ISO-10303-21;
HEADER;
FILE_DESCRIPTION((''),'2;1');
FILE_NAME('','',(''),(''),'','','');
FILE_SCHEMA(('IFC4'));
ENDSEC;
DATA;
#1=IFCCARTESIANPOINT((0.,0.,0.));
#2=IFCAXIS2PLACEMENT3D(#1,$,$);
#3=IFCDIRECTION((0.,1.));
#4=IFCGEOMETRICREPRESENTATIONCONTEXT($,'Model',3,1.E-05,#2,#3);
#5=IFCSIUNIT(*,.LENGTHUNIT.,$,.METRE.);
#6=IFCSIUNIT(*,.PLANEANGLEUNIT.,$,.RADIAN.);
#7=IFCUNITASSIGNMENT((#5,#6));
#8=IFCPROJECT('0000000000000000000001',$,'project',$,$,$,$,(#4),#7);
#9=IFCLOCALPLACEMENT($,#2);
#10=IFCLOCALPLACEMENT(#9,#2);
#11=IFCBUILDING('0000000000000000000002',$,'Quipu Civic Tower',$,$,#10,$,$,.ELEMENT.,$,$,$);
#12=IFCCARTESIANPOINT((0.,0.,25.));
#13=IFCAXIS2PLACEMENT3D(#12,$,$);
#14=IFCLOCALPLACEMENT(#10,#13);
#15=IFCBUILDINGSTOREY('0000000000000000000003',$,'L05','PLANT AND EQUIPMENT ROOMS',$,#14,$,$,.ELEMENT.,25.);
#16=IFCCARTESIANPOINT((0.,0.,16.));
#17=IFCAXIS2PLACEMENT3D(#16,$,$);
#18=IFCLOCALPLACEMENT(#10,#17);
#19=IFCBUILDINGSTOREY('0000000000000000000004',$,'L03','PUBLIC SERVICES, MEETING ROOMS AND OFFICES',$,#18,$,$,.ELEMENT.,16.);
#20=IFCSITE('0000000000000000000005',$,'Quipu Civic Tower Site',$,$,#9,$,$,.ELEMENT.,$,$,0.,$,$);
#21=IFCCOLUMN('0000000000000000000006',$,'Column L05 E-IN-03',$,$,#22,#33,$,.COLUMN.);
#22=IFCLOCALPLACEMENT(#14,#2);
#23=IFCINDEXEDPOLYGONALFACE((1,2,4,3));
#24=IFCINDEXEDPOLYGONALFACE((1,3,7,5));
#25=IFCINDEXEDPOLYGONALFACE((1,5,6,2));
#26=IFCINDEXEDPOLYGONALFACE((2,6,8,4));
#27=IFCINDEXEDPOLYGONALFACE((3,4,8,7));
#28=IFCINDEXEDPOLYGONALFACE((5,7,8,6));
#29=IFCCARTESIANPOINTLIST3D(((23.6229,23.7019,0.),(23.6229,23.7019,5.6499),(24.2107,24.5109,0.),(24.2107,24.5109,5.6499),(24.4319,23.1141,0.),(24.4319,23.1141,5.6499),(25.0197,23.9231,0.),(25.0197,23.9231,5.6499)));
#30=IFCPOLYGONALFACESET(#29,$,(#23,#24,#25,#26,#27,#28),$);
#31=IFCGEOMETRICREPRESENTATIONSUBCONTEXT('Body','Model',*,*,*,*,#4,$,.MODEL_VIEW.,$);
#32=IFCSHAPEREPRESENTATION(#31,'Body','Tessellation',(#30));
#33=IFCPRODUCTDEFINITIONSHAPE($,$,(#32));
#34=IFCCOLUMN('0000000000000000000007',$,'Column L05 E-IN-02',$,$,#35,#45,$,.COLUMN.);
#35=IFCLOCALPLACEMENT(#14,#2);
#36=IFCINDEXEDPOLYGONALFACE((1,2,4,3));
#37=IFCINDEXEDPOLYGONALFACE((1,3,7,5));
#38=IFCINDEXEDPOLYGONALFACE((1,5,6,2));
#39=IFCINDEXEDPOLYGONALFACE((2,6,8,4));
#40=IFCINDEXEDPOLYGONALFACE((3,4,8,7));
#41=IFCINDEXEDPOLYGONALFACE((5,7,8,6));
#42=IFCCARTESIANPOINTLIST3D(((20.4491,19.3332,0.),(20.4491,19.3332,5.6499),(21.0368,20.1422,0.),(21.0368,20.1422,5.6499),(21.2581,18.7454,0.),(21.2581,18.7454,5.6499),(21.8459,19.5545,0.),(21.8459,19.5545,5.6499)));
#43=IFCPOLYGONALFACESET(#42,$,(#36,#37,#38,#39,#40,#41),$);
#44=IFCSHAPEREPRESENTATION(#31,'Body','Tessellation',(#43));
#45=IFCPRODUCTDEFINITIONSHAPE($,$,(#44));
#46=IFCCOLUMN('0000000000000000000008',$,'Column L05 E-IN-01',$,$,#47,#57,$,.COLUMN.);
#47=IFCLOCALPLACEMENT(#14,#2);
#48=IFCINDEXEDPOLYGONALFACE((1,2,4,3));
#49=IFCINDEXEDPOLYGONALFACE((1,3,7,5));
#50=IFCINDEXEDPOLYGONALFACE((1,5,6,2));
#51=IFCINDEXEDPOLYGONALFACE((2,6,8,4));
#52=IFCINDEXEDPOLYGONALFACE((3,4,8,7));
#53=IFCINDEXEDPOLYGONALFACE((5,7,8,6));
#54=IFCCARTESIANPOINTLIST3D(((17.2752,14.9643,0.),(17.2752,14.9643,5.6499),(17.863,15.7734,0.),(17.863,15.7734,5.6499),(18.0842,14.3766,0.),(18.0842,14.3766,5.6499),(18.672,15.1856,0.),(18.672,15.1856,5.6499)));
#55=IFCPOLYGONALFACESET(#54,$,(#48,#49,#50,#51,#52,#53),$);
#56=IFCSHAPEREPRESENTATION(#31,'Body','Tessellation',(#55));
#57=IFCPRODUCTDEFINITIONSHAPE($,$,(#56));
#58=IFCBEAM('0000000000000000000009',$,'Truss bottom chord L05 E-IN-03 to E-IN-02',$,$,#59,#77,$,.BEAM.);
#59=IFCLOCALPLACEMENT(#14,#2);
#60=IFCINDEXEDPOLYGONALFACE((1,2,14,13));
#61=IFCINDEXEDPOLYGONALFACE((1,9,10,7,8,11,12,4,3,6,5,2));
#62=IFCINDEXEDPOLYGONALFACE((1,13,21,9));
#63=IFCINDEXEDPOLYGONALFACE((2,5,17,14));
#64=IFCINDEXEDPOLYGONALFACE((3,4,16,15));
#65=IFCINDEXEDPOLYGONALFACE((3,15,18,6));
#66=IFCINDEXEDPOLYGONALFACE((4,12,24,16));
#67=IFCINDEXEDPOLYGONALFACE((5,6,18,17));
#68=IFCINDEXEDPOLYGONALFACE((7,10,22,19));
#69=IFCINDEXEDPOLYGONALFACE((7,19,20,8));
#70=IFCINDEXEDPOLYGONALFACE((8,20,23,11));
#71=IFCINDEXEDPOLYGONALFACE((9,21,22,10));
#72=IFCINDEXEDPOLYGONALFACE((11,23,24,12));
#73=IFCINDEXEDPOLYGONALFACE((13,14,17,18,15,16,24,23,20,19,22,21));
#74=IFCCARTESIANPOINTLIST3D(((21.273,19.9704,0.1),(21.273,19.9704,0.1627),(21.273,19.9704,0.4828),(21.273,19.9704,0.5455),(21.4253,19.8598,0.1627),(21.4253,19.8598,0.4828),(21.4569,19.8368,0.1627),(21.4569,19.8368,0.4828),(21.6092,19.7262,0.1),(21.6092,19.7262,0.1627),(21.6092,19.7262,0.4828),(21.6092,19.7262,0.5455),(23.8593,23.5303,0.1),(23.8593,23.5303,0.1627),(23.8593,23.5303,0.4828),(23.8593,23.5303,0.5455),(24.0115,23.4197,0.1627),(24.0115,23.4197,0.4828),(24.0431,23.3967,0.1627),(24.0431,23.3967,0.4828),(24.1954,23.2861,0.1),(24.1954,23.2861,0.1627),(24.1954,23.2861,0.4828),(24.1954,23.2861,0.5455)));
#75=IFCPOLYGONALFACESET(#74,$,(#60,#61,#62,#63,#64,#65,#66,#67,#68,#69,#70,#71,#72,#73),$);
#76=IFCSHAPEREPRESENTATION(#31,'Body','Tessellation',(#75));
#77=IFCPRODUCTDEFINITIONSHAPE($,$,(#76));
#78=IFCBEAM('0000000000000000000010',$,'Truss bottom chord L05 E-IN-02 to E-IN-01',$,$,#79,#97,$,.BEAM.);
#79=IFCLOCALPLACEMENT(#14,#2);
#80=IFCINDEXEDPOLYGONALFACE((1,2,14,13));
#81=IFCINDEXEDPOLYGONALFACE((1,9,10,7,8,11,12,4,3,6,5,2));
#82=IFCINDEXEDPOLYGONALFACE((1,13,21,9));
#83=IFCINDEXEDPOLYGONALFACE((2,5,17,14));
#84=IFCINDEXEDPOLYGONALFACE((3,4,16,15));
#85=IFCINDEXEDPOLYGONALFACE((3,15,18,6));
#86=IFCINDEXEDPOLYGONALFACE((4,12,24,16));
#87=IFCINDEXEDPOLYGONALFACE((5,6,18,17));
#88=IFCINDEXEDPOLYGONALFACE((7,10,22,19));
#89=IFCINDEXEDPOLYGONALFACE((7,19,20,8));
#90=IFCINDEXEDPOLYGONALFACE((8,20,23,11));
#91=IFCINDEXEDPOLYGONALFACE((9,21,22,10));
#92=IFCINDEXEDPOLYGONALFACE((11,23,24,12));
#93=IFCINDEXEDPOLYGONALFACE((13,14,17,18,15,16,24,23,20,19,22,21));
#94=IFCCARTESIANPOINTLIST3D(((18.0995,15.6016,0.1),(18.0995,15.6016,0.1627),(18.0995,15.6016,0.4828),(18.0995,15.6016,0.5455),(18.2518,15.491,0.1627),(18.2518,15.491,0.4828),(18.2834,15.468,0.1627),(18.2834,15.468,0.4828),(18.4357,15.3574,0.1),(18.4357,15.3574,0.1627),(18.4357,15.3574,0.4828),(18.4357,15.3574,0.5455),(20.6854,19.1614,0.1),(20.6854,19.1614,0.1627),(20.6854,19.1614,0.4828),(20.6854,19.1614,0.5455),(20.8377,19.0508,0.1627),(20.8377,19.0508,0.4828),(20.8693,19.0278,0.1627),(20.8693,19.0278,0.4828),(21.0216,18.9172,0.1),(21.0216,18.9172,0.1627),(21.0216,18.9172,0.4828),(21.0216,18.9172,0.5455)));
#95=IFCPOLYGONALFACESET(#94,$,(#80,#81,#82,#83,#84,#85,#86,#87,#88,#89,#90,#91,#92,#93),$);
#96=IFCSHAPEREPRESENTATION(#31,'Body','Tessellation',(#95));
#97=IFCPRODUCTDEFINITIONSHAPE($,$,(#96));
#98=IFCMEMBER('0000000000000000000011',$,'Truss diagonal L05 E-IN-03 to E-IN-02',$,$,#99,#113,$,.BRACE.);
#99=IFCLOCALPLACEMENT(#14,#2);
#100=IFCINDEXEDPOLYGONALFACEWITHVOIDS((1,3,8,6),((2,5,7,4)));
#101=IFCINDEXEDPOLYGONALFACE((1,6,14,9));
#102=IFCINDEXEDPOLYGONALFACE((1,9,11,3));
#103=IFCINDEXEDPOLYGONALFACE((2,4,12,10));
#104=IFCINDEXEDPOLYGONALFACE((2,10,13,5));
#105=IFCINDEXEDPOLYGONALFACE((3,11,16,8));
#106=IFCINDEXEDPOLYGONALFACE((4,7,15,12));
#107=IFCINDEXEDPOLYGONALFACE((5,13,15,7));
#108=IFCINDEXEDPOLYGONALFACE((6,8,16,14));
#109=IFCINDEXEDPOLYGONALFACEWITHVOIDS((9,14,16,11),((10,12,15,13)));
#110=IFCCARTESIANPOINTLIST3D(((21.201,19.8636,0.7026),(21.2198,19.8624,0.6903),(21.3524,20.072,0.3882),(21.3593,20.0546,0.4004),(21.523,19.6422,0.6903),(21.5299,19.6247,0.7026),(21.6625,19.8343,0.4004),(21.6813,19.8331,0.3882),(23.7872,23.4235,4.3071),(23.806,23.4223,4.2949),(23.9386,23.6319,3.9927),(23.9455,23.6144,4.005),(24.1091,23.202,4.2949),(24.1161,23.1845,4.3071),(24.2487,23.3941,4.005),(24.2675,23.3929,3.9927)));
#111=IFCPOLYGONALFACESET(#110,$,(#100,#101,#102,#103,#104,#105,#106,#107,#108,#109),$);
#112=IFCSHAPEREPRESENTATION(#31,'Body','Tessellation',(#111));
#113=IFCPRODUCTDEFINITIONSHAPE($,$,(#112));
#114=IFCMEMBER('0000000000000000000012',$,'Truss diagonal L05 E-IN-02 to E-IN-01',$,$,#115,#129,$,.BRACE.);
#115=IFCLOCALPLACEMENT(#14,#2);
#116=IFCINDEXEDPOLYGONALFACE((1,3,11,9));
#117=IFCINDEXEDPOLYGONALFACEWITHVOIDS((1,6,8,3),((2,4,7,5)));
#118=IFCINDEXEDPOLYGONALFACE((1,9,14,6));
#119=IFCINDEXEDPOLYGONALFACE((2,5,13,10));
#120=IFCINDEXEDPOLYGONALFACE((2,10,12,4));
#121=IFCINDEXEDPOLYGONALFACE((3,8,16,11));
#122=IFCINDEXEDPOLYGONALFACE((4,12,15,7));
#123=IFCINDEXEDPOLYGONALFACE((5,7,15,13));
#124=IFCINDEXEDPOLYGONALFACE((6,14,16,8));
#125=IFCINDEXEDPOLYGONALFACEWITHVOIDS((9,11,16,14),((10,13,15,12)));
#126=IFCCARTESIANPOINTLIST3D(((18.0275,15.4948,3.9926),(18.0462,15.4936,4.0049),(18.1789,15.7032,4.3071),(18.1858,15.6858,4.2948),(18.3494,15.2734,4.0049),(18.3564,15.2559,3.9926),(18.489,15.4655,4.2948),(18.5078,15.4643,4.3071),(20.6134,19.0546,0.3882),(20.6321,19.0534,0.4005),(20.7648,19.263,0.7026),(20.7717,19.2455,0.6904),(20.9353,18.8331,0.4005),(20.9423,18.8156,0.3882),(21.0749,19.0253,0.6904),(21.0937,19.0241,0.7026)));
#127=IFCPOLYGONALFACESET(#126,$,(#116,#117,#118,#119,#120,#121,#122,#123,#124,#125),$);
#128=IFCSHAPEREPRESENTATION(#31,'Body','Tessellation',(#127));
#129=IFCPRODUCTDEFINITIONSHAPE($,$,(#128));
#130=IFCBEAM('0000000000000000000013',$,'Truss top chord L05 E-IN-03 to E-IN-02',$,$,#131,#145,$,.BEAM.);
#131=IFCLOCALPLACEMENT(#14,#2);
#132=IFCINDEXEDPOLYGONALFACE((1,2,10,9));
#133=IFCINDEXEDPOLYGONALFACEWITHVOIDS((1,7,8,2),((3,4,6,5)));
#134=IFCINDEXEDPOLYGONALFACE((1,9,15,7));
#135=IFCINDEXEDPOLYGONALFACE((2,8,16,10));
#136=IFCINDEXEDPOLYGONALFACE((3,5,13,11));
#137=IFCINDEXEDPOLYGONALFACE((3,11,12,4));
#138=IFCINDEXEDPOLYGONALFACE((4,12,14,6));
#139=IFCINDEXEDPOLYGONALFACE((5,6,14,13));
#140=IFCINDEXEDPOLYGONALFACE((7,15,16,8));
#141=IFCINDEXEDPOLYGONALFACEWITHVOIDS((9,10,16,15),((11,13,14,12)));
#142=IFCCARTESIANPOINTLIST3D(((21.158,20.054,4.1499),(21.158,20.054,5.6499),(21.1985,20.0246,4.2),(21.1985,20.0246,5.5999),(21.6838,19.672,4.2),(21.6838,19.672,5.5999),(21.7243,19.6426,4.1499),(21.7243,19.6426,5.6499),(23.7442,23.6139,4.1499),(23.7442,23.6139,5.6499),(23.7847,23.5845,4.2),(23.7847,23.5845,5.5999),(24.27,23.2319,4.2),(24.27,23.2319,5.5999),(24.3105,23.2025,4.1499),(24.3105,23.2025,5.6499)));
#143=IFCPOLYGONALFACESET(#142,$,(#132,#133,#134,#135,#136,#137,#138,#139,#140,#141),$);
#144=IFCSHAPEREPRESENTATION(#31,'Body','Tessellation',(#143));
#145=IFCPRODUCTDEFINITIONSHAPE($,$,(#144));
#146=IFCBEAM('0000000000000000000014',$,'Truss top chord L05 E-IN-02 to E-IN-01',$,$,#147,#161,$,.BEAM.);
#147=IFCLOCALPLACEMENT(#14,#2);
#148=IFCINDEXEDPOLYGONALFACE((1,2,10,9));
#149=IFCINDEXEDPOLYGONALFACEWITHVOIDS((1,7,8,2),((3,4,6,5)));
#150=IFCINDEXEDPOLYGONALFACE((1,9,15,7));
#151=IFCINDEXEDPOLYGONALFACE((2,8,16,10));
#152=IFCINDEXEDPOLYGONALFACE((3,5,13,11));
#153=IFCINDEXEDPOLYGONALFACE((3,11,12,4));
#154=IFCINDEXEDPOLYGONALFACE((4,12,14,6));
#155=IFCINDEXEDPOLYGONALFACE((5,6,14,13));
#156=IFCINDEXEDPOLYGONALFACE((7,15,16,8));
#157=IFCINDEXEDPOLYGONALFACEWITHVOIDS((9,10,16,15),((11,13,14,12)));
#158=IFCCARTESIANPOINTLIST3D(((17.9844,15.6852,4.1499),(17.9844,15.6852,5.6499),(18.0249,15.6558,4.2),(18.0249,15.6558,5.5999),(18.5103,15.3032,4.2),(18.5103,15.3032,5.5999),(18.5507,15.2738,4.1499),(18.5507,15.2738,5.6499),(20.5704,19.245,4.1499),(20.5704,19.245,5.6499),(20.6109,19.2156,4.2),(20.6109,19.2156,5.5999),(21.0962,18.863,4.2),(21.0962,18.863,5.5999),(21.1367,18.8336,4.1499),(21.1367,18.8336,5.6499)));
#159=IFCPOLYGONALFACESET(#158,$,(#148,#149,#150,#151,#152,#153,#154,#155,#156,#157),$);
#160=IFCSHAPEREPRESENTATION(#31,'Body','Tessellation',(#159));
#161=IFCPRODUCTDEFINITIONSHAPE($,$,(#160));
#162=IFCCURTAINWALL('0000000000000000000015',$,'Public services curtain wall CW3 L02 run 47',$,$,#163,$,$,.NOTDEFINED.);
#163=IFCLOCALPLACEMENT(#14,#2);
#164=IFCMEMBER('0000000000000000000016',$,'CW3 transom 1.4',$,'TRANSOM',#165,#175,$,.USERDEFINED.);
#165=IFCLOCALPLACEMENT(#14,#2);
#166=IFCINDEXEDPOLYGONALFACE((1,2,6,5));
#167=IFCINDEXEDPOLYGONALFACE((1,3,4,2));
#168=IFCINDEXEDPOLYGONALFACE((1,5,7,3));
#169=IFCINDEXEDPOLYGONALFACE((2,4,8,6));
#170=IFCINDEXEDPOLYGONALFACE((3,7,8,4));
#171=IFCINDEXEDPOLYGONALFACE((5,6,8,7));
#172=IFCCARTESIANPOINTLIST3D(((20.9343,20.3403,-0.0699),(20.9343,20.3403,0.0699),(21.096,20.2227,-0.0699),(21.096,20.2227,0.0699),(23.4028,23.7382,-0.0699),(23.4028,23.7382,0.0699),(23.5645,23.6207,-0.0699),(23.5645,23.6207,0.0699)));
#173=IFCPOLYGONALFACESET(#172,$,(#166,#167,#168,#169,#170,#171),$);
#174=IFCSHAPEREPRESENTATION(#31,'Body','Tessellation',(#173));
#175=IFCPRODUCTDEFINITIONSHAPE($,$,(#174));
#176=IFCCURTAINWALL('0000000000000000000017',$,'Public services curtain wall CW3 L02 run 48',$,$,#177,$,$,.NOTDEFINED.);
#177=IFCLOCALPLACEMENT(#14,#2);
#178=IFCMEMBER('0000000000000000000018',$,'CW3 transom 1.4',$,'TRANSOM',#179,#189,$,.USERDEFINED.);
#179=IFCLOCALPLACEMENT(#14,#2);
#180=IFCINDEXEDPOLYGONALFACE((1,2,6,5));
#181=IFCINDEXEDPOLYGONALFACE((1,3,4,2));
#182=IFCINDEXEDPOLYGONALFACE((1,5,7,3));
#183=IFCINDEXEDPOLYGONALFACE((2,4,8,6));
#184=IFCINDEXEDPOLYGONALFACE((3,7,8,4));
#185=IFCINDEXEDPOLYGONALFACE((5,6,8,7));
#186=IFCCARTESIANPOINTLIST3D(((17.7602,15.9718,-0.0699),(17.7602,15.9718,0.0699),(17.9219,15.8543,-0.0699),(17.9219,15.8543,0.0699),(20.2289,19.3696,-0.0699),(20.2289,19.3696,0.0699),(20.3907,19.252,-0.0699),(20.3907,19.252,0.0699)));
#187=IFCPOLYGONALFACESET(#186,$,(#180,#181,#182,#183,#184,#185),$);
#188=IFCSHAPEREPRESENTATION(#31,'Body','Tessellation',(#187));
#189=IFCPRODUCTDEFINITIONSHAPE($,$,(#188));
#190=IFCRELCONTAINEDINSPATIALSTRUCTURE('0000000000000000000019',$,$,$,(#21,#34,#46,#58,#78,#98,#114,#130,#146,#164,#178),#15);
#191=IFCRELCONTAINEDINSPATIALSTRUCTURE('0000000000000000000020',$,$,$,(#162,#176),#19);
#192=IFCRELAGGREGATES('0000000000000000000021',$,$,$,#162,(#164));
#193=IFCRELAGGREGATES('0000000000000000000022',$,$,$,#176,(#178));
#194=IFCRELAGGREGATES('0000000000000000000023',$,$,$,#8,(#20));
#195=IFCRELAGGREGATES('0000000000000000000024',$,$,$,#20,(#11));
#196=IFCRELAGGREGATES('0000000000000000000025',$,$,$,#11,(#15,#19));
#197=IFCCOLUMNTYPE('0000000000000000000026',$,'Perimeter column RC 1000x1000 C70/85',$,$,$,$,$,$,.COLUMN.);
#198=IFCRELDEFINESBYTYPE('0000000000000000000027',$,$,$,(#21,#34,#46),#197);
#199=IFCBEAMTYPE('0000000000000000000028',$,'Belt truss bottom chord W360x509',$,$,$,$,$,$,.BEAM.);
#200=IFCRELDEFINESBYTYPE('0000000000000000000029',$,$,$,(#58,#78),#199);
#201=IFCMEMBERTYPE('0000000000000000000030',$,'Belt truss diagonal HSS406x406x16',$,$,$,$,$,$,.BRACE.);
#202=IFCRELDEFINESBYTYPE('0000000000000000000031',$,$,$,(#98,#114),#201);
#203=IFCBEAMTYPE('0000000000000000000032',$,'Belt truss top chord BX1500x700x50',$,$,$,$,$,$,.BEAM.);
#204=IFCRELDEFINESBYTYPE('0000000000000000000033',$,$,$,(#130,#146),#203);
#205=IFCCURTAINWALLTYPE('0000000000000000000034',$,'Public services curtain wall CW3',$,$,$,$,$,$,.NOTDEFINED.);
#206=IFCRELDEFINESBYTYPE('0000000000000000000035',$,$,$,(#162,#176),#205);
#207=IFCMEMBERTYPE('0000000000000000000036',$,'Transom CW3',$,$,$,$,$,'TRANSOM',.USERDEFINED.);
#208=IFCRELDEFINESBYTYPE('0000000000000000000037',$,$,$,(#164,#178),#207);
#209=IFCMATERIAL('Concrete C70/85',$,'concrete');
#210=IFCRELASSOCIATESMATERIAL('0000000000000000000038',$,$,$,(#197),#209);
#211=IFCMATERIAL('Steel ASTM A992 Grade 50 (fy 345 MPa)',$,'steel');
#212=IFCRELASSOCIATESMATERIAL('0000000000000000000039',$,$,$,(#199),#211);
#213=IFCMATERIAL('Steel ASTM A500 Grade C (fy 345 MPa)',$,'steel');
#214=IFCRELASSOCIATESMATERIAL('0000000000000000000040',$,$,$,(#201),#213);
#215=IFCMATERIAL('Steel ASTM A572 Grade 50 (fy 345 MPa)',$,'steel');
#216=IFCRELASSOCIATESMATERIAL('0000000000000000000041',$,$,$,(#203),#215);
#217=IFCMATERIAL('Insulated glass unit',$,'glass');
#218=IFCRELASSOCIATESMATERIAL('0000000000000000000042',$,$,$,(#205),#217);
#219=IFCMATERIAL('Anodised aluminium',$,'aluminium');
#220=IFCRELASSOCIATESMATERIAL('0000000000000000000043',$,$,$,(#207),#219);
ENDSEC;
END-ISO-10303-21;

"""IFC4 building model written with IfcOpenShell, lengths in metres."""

from ifc_helpers import new_model, si_unit, direction, frame, origin, origin_2d, place, context, subcontext, project, spatial, rectangle, hollow_rectangle, i_section, extrude, material, material_profile, profile_set, type_object, element, aggregate, save


model = new_model("IFC4")

# Units and contexts
model_context = context("Model", 3, precision=1e-05, world=origin(), true_north=direction((0.0, 1.0)))
body_context = subcontext(model_context, "Body", "Model", "MODEL_VIEW")
ifc_project = project(units=[si_unit("LENGTHUNIT", "METRE"), si_unit("PLANEANGLEUNIT", "RADIAN")], contexts=[model_context])

# Site, building, storey
site_placement = place(None, origin())
site = spatial("IfcSite", under=ifc_project, at=site_placement, Name="Quipu Civic Tower Site", CompositionType="ELEMENT", RefElevation=0.0)
building_placement = place(site_placement, origin())
building = spatial("IfcBuilding", under=site, at=building_placement, Name="Quipu Civic Tower", CompositionType="ELEMENT")
storey_1_placement = place(building_placement, frame((0.0, 0.0, 25.0)))
storey_1 = spatial("IfcBuildingStorey", under=building, at=storey_1_placement, Name="L05", Description="PLANT AND EQUIPMENT ROOMS", CompositionType="ELEMENT", Elevation=25.0)

# Columns
ifc_material_1 = material(Name="Concrete C70/85", Category="concrete")
ifc_material_profile_1 = material_profile(ifc_material_1, rectangle(XDim=1.0, YDim=1.0, at=origin_2d()), Name="RC1000x1000")
ifc_profile_set_1 = profile_set([ifc_material_profile_1], Name="Concrete C70/85")
column_type = type_object("IfcColumnType", Name="Perimeter column RC 1000x1000 C70/85", PredefinedType="COLUMN", material=ifc_profile_set_1)
for number, where, z_axis, x_axis, name in (
    (1, (24.3213, 23.8125, 0.0), (0.0, 0.0, 1.0), (-0.587785, -0.809017, 0.0), "Column L05 E-IN-03"),
    (2, (21.1475, 19.4438, 0.0), (0.0, 0.0, 1.0), (-0.587785, -0.809017, 0.0), "Column L05 E-IN-02"),
    (3, (17.9736, 15.075, 0.0), (0.0, 0.0, 1.0), (-0.587785, -0.809017, 0.0), "Column L05 E-IN-01"),
):
    element("IfcColumn", number, at=place(storey_1_placement, frame(where, z_axis=z_axis, x_axis=x_axis)), inside=storey_1, type_object=column_type, Name=name, PredefinedType="COLUMN", context=body_context, shape_type="SweptSolid", body=[
        extrude(rectangle(XDim=1.0, YDim=1.0, at=origin_2d()), origin(), (0.0, 0.0, 1.0), 5.6499),
    ])

# Beams
ifc_material_2 = material(Name="Steel ASTM A992 Grade 50 (fy 345 MPa)", Category="steel")
ifc_material_profile_2 = material_profile(ifc_material_2, i_section(OverallWidth=0.4155, OverallDepth=0.4456, WebThickness=0.0391, FlangeThickness=0.0627, at=origin_2d()), Name="W360x509")
ifc_profile_set_2 = profile_set([ifc_material_profile_2], Name="Steel ASTM A992 Grade 50 (fy 345 MPa)")
beam_type_1 = type_object("IfcBeamType", Name="Belt truss bottom chord W360x509", PredefinedType="BEAM", material=ifc_profile_set_2)
beam_1_placement = place(storey_1_placement, frame((24.0273, 23.4082, 0.3228), z_axis=(-0.587759, -0.809036, 0.0), x_axis=(0.809036, -0.587759, 0.0)))
element("IfcBeam", 4, at=beam_1_placement, inside=storey_1, type_object=beam_type_1, Name="Truss bottom chord L05 E-IN-03 to E-IN-02", PredefinedType="BEAM", context=body_context, shape_type="SweptSolid", body=[
    extrude(i_section(OverallWidth=0.4155, OverallDepth=0.4456, WebThickness=0.0391, FlangeThickness=0.0627, at=origin_2d()), origin(), (0.0, 0.0, 1.0), 4.4001),
])
beam_2_placement = place(storey_1_placement, frame((20.8535, 19.0393, 0.3228), z_axis=(-0.587723, -0.809062, 0.0), x_axis=(0.809062, -0.587723, 0.0)))
element("IfcBeam", 5, at=beam_2_placement, inside=storey_1, type_object=beam_type_1, Name="Truss bottom chord L05 E-IN-02 to E-IN-01", PredefinedType="BEAM", context=body_context, shape_type="SweptSolid", body=[
    extrude(i_section(OverallWidth=0.4155, OverallDepth=0.4456, WebThickness=0.0391, FlangeThickness=0.0627, at=origin_2d()), origin(), (0.0, 0.0, 1.0), 4.3999),
])

# Members
ifc_material_3 = material(Name="Steel ASTM A500 Grade C (fy 345 MPa)", Category="steel")
ifc_material_profile_3 = material_profile(ifc_material_3, hollow_rectangle(XDim=0.4065, YDim=0.4065, WallThickness=0.0159, at=origin_2d()), Name="HSS406x406x16")
ifc_profile_set_3 = profile_set([ifc_material_profile_3], Name="Steel ASTM A500 Grade C (fy 345 MPa)")
member_type_1 = type_object("IfcMemberType", Name="Belt truss diagonal HSS406x406x16", PredefinedType="BRACE", material=ifc_profile_set_3)
member_1_placement = place(storey_1_placement, frame((24.0273, 23.4082, 4.1499), z_axis=(-0.454676, -0.62585, -0.633705), x_axis=(0.809036, -0.587759, 0.0)))
element("IfcMember", 6, at=member_1_placement, inside=storey_1, type_object=member_type_1, Name="Truss diagonal L05 E-IN-03 to E-IN-02", PredefinedType="BRACE", context=body_context, shape_type="SweptSolid", body=[
    extrude(hollow_rectangle(XDim=0.4065, YDim=0.4065, WallThickness=0.0159, at=origin_2d()), origin(), (0.0, 0.0, 1.0), 5.688),
])
member_2_placement = place(storey_1_placement, frame((20.8535, 19.0393, 0.5454), z_axis=(-0.454642, -0.625862, 0.633717), x_axis=(0.809062, -0.587723, 0.0)))
element("IfcMember", 7, at=member_2_placement, inside=storey_1, type_object=member_type_1, Name="Truss diagonal L05 E-IN-02 to E-IN-01", PredefinedType="BRACE", context=body_context, shape_type="SweptSolid", body=[
    extrude(hollow_rectangle(XDim=0.4065, YDim=0.4065, WallThickness=0.0159, at=origin_2d()), origin(), (0.0, 0.0, 1.0), 5.6877),
])

# Beams
ifc_material_4 = material(Name="Steel ASTM A572 Grade 50 (fy 345 MPa)", Category="steel")
ifc_material_profile_4 = material_profile(ifc_material_4, hollow_rectangle(XDim=0.7, YDim=1.5, WallThickness=0.05, at=origin_2d()), Name="BX1500x700x50")
ifc_profile_set_4 = profile_set([ifc_material_profile_4], Name="Steel ASTM A572 Grade 50 (fy 345 MPa)")
beam_type_2 = type_object("IfcBeamType", Name="Belt truss top chord BX1500x700x50", PredefinedType="BEAM", material=ifc_profile_set_4)
beam_3_placement = place(storey_1_placement, frame((24.0273, 23.4082, 4.8999), z_axis=(-0.587759, -0.809036, 0.0), x_axis=(0.809036, -0.587759, 0.0)))
element("IfcBeam", 8, at=beam_3_placement, inside=storey_1, type_object=beam_type_2, Name="Truss top chord L05 E-IN-03 to E-IN-02", PredefinedType="BEAM", context=body_context, shape_type="SweptSolid", body=[
    extrude(hollow_rectangle(XDim=0.7, YDim=1.5, WallThickness=0.05, at=origin_2d()), origin(), (0.0, 0.0, 1.0), 4.4001),
])
beam_4_placement = place(storey_1_placement, frame((20.8535, 19.0393, 4.8999), z_axis=(-0.587723, -0.809062, 0.0), x_axis=(0.809062, -0.587723, 0.0)))
element("IfcBeam", 9, at=beam_4_placement, inside=storey_1, type_object=beam_type_2, Name="Truss top chord L05 E-IN-02 to E-IN-01", PredefinedType="BEAM", context=body_context, shape_type="SweptSolid", body=[
    extrude(hollow_rectangle(XDim=0.7, YDim=1.5, WallThickness=0.05, at=origin_2d()), origin(), (0.0, 0.0, 1.0), 4.3999),
])

# Shared definitions
storey_2_placement = place(building_placement, frame((0.0, 0.0, 16.0)))
storey_2 = spatial("IfcBuildingStorey", under=building, at=storey_2_placement, Name="L03", Description="PUBLIC SERVICES, MEETING ROOMS AND OFFICES", CompositionType="ELEMENT", Elevation=16.0)

# Curtain walls, members
ifc_material_5 = material(Name="Insulated glass unit", Category="glass")
curtain_wall_type = type_object("IfcCurtainWallType", Name="Public services curtain wall CW3", PredefinedType="NOTDEFINED", material=ifc_material_5)
curtain_wall_1_placement = place(storey_2_placement, origin())
curtain_wall_1 = element("IfcCurtainWall", 10, at=curtain_wall_1_placement, inside=storey_2, type_object=curtain_wall_type, Name="Public services curtain wall CW3 L02 run 47", PredefinedType="NOTDEFINED")
ifc_material_6 = material(Name="Anodised aluminium", Category="aluminium")
ifc_material_profile_5 = material_profile(ifc_material_6, rectangle(XDim=0.2, YDim=0.1399, at=origin_2d()), Name="RECT 200x140")
ifc_profile_set_5 = profile_set([ifc_material_profile_5], Name="Anodised aluminium")
member_type_2 = type_object("IfcMemberType", Name="Transom CW3", ElementType="TRANSOM", PredefinedType="USERDEFINED", material=ifc_profile_set_5)
member_3_placement = place(storey_1_placement, frame((23.4836, 23.6794, 0.0), z_axis=(-0.587746, -0.809045, 0.0), x_axis=(0.809045, -0.587746, 0.0)))
member_3 = element("IfcMember", 11, at=member_3_placement, inside=storey_1, type_object=member_type_2, Name="CW3 transom 1.4", ObjectType="TRANSOM", PredefinedType="USERDEFINED", context=body_context, shape_type="SweptSolid", body=[
    extrude(rectangle(XDim=0.2, YDim=0.1399, at=origin_2d()), origin(), (0.0, 0.0, 1.0), 4.2),
])
aggregate(curtain_wall_1, [member_3])
curtain_wall_2_placement = place(storey_2_placement, origin())
curtain_wall_2 = element("IfcCurtainWall", 12, at=curtain_wall_2_placement, inside=storey_2, type_object=curtain_wall_type, Name="Public services curtain wall CW3 L02 run 48", PredefinedType="NOTDEFINED")
member_4_placement = place(storey_1_placement, frame((20.3098, 19.3108, 0.0), z_axis=(-0.587812, -0.808997, 0.0), x_axis=(0.808997, -0.587812, 0.0)))
member_4 = element("IfcMember", 13, at=member_4_placement, inside=storey_1, type_object=member_type_2, Name="CW3 transom 1.4", ObjectType="TRANSOM", PredefinedType="USERDEFINED", context=body_context, shape_type="SweptSolid", body=[
    extrude(rectangle(XDim=0.2, YDim=0.1399, at=origin_2d()), origin(), (0.0, 0.0, 1.0), 4.2),
])
aggregate(curtain_wall_2, [member_4])

save(model, "model.ifc")
